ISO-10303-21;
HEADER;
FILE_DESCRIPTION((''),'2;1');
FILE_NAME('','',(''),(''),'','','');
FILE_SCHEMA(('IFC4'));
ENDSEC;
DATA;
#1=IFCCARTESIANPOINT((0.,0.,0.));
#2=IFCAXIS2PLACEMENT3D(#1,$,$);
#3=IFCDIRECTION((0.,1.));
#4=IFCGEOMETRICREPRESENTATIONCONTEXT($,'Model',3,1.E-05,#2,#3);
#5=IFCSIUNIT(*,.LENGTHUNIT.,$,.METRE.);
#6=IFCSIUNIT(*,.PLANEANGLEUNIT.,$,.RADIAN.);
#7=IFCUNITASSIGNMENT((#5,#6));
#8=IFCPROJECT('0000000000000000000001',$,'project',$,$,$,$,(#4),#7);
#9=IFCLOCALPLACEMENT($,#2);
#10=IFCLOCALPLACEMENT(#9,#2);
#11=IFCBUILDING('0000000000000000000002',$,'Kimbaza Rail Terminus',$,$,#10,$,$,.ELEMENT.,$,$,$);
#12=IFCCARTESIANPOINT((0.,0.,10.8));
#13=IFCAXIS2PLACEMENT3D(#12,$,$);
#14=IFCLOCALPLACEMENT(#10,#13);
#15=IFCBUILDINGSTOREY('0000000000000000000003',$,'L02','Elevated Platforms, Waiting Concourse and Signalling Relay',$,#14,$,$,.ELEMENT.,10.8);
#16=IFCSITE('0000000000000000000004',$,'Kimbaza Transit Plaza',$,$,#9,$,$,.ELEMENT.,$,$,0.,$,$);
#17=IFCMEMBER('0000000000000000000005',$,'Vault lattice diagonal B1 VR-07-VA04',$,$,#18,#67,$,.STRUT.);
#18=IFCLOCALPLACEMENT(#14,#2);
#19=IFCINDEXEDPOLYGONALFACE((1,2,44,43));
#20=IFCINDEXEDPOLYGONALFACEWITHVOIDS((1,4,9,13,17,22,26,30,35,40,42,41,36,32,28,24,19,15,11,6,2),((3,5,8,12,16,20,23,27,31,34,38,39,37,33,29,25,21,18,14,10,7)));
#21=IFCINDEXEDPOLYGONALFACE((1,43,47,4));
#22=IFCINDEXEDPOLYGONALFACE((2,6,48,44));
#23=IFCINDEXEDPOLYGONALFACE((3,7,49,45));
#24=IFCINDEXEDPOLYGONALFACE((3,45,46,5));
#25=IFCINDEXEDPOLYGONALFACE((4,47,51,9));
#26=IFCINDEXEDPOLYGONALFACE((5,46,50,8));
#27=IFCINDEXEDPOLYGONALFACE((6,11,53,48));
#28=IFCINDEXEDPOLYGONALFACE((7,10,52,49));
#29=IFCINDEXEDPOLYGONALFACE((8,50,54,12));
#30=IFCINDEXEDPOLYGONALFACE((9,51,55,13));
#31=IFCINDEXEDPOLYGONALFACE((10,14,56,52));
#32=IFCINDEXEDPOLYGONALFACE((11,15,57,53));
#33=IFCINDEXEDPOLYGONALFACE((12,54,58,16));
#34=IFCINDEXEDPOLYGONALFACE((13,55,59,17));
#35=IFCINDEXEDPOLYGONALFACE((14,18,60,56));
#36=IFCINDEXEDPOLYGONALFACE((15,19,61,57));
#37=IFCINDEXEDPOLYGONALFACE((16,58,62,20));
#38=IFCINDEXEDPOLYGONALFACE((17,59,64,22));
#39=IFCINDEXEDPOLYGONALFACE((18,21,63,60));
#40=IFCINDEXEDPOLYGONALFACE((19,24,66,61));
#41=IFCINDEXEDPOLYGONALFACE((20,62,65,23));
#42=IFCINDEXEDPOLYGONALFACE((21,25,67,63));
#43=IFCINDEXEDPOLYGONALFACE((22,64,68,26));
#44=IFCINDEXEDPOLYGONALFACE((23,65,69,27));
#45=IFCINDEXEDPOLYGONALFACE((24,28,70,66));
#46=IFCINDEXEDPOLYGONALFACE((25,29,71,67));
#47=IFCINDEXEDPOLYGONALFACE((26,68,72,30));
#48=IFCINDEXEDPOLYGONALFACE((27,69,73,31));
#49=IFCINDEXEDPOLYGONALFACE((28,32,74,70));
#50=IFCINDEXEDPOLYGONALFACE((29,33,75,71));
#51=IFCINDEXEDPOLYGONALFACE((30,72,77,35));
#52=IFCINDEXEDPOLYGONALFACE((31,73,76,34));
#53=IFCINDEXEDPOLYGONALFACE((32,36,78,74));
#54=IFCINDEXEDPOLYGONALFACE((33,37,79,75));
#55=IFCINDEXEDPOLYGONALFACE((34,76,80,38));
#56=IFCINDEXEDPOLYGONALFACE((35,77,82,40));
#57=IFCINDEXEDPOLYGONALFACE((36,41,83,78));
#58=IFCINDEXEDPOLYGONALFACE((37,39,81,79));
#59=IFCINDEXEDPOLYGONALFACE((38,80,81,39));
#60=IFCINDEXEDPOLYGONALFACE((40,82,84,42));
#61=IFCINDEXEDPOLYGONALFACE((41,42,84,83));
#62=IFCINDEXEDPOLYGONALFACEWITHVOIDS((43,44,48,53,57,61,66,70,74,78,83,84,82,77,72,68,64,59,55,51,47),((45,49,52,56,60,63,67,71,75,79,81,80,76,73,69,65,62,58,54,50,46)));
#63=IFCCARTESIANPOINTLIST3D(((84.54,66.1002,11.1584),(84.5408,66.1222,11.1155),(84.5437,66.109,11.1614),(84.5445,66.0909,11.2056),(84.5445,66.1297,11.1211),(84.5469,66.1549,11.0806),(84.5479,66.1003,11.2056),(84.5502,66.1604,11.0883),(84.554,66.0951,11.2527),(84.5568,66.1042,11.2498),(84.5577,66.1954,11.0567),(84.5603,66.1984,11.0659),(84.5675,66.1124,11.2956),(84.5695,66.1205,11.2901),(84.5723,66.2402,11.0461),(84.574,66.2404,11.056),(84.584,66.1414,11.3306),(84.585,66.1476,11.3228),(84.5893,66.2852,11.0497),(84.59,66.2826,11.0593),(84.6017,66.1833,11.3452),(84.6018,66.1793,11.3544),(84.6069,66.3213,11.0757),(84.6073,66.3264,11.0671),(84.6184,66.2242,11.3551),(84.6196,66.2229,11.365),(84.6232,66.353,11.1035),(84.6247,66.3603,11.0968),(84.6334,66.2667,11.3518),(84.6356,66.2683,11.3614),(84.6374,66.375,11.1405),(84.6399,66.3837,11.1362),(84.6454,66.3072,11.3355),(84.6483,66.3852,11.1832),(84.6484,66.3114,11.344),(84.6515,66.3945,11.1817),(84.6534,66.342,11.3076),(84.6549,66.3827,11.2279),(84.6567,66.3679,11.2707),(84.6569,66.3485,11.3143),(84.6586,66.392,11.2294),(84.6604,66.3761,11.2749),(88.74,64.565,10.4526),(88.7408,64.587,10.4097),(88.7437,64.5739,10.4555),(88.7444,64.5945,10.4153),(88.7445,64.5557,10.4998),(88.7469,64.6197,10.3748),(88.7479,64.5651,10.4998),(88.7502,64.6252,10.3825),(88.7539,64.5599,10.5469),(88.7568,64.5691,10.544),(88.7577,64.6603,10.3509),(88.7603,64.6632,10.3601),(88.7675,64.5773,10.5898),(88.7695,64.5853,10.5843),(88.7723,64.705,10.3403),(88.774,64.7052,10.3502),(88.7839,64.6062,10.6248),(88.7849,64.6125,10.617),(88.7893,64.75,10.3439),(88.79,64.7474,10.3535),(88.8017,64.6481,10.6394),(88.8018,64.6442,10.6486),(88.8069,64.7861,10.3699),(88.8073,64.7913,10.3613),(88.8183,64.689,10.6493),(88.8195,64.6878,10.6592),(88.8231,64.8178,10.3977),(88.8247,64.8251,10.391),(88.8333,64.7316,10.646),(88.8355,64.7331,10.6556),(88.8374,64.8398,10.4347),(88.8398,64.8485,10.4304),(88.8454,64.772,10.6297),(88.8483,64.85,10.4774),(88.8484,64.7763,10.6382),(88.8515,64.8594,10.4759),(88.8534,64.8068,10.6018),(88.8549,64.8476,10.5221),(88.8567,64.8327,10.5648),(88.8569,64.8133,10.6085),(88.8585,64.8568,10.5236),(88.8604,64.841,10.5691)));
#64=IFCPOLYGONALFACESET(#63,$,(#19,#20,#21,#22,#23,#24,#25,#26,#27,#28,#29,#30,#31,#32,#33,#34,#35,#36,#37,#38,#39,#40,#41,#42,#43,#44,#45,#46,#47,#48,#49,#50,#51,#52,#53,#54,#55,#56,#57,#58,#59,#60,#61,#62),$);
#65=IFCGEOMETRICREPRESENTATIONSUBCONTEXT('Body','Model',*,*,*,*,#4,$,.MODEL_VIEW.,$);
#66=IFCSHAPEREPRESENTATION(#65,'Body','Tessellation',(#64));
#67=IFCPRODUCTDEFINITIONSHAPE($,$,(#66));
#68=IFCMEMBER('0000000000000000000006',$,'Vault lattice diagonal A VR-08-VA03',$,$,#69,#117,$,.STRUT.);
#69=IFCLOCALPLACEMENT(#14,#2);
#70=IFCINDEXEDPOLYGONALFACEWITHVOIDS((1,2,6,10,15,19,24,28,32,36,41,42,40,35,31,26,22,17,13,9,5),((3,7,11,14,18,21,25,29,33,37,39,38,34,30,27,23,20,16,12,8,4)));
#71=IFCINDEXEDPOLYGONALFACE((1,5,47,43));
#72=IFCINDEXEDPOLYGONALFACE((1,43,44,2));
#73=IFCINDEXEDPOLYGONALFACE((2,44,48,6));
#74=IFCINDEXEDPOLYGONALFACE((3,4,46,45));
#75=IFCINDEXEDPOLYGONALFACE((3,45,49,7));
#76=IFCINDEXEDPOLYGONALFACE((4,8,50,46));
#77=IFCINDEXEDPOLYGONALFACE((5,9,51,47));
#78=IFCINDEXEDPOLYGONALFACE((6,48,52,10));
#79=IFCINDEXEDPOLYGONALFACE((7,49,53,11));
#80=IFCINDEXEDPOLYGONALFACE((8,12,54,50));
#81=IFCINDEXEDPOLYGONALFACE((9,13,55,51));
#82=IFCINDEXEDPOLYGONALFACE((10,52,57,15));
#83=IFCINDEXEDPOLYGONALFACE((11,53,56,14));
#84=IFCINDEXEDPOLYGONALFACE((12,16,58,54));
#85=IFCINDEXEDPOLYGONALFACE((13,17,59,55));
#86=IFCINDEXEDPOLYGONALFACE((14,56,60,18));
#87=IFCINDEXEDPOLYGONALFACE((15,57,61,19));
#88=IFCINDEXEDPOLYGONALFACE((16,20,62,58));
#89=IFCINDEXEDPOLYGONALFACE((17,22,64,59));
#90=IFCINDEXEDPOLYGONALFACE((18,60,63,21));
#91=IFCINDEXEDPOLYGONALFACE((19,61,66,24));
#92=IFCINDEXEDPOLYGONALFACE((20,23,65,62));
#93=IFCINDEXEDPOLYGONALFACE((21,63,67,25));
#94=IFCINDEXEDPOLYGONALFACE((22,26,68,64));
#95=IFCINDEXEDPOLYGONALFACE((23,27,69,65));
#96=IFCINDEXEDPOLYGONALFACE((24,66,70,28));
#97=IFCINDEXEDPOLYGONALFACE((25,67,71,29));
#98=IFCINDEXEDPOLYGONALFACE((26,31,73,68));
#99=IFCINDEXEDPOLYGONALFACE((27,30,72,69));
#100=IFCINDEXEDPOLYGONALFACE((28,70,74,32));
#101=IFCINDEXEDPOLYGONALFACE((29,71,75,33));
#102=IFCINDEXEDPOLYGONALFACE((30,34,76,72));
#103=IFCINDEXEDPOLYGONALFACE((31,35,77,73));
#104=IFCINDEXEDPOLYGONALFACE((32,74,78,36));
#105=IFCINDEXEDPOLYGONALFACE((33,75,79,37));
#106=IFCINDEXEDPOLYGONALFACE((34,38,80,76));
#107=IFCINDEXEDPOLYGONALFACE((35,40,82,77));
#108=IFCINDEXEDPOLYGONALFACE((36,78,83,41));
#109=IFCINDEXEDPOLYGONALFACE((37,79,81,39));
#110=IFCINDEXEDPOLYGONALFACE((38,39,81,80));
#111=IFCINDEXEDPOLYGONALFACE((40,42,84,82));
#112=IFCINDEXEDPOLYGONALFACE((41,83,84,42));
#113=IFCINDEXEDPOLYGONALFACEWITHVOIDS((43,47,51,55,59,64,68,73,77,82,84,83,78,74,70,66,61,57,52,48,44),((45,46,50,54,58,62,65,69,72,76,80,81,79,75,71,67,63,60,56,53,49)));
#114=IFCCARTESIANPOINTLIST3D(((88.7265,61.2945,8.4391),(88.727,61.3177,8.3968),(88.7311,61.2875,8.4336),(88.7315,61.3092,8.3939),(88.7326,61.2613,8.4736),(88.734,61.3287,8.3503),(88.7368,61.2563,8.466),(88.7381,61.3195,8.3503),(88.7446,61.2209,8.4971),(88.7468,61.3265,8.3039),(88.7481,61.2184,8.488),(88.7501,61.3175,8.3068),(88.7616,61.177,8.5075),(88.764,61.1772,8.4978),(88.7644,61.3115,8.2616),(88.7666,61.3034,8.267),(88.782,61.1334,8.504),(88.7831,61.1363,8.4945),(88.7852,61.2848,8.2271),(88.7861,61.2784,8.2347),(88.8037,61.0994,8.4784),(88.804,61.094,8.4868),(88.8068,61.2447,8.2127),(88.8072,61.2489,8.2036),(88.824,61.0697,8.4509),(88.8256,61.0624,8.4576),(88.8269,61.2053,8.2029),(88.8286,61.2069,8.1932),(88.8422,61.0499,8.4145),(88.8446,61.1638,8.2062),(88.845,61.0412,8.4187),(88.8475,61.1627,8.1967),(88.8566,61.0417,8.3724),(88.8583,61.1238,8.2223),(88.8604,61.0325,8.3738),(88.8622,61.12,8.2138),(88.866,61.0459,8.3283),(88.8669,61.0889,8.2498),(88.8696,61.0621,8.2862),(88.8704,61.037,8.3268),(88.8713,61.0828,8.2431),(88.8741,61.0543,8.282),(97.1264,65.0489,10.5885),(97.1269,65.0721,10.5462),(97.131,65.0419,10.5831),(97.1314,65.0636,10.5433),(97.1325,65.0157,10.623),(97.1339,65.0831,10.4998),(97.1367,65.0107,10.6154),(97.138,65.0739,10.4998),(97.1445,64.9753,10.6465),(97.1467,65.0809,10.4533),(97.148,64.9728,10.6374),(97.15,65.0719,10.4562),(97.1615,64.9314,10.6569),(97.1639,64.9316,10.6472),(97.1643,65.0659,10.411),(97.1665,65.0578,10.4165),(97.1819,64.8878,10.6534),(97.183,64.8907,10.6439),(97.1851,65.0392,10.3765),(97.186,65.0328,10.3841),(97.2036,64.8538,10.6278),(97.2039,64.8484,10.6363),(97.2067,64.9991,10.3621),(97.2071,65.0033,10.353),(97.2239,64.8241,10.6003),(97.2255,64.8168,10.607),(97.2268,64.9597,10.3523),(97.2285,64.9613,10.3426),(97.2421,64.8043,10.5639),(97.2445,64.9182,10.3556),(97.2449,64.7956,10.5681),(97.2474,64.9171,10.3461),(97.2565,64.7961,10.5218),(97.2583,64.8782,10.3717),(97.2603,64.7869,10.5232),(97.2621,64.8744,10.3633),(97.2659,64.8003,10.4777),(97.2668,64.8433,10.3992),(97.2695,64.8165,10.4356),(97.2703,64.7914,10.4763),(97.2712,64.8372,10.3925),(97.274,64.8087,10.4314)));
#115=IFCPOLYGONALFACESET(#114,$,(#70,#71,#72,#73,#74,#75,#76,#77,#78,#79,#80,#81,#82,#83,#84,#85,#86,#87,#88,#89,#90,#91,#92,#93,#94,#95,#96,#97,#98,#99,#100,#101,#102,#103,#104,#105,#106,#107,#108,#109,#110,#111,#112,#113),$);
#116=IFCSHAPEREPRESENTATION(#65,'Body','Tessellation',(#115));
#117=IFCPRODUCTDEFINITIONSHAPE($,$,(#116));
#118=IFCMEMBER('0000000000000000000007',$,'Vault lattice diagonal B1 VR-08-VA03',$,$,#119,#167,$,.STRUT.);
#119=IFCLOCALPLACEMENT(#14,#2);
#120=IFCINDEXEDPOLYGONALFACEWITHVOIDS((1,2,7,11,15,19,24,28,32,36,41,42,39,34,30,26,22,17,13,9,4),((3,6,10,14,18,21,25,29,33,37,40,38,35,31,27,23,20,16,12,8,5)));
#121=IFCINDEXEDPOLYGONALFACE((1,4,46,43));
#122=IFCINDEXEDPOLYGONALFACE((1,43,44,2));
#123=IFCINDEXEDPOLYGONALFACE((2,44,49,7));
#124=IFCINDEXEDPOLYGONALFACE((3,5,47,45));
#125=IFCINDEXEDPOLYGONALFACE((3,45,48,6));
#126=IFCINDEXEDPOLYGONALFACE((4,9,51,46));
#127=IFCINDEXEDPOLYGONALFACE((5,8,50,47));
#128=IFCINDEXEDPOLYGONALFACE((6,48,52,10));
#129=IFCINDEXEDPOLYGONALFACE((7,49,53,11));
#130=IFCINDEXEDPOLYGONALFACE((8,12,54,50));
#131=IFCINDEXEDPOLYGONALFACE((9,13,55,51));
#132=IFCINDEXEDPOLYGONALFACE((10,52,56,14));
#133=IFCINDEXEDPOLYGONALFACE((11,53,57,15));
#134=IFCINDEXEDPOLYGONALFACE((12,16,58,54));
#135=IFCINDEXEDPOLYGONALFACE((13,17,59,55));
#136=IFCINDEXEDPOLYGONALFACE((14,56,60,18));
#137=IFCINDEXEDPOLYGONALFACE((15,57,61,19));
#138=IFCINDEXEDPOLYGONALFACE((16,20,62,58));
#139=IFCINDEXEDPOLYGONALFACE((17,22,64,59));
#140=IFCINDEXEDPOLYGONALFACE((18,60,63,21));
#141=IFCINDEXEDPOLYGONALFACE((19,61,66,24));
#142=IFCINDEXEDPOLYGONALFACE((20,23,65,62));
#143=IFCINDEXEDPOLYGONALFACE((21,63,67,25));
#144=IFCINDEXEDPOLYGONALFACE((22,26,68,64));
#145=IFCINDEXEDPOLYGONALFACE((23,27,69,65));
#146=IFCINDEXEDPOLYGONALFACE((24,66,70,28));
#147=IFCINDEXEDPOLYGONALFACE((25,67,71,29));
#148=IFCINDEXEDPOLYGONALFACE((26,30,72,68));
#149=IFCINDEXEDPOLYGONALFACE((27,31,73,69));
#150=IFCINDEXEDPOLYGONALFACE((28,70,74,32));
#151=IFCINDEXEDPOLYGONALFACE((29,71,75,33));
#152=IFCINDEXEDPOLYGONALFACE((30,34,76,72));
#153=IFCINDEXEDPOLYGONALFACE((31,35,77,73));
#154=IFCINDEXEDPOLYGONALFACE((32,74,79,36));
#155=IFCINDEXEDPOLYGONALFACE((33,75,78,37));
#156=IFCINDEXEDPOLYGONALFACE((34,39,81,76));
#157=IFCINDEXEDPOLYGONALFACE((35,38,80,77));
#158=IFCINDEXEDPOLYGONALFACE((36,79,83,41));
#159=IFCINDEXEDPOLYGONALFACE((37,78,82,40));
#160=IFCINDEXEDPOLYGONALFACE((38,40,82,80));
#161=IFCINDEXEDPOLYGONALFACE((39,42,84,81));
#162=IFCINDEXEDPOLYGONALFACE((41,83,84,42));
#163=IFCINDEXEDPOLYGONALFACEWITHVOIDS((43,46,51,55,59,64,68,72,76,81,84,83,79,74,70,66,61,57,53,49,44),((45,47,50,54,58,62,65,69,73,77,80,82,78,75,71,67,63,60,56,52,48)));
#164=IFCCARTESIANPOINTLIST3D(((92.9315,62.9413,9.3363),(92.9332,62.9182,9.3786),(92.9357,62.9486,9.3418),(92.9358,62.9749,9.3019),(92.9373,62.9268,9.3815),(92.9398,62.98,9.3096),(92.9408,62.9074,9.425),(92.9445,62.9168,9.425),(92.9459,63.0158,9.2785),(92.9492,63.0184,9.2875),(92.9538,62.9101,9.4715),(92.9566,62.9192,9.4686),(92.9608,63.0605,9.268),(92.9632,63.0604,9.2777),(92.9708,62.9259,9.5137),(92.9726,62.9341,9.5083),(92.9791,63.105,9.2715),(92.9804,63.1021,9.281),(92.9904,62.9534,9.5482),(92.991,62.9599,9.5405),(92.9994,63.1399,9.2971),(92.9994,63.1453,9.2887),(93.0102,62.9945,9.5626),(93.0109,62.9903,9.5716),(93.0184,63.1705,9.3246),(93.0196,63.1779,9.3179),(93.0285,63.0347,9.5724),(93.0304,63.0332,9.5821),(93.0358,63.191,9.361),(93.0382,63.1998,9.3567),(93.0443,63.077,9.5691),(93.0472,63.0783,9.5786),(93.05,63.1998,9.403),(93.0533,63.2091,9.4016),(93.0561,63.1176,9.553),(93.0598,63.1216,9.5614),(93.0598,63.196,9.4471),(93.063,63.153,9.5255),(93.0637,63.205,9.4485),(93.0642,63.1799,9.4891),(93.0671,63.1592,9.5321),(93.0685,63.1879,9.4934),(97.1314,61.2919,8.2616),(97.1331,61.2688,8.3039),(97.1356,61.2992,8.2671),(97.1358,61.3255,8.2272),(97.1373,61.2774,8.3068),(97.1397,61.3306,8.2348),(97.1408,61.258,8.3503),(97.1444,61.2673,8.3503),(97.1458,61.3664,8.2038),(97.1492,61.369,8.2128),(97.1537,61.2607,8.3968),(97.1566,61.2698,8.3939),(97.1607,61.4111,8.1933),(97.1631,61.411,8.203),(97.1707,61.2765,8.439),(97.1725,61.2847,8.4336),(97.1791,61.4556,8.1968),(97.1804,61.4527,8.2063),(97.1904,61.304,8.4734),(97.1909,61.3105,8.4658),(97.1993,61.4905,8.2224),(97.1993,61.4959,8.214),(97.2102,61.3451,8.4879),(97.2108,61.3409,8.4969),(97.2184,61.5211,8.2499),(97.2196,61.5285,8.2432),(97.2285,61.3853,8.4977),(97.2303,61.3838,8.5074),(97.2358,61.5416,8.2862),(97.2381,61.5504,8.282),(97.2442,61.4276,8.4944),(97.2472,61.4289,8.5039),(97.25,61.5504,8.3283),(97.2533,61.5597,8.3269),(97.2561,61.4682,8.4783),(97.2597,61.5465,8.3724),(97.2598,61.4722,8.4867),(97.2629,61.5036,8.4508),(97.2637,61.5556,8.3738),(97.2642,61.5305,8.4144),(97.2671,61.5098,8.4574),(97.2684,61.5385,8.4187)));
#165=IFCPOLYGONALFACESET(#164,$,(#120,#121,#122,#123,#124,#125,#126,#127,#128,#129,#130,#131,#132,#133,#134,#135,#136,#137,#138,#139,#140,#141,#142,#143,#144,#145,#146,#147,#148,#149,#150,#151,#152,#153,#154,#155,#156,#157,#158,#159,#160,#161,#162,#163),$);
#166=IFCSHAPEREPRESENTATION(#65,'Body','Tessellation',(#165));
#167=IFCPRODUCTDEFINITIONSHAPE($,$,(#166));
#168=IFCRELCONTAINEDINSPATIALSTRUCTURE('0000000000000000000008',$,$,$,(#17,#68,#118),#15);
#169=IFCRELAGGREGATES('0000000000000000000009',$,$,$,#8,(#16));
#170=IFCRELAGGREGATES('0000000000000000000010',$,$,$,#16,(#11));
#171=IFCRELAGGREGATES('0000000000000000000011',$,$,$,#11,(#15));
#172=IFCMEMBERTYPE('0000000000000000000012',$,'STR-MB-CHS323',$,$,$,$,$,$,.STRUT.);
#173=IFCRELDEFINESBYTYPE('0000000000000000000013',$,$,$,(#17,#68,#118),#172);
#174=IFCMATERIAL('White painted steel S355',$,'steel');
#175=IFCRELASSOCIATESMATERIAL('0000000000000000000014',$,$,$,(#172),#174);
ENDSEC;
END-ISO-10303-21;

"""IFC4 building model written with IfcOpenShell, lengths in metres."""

from ifc_helpers import new_model, si_unit, direction, frame, origin, origin_2d, place, context, subcontext, project, spatial, hollow_circle, extrude, material, material_profile, profile_set, type_object, element, save


model = new_model("IFC4")

# Units and contexts
model_context = context("Model", 3, precision=1e-05, world=origin(), true_north=direction((0.0, 1.0)))
body_context = subcontext(model_context, "Body", "Model", "MODEL_VIEW")
ifc_project = project(units=[si_unit("LENGTHUNIT", "METRE"), si_unit("PLANEANGLEUNIT", "RADIAN")], contexts=[model_context])

# Site, building, storey
site_placement = place(None, origin())
site = spatial("IfcSite", under=ifc_project, at=site_placement, Name="Kimbaza Transit Plaza", CompositionType="ELEMENT", RefElevation=0.0)
building_placement = place(site_placement, origin())
building = spatial("IfcBuilding", under=site, at=building_placement, Name="Kimbaza Rail Terminus", CompositionType="ELEMENT")
storey_placement = place(building_placement, frame((0.0, 0.0, 10.8)))
storey = spatial("IfcBuildingStorey", under=building, at=storey_placement, Name="L02", Description="Elevated Platforms, Waiting Concourse and Signalling Relay", CompositionType="ELEMENT", Elevation=10.8)

# Members
ifc_material_1 = material(Name="White painted steel S355", Category="steel")
ifc_material_profile_1 = material_profile(ifc_material_1, hollow_circle(Radius=0.1619, WallThickness=0.01, at=origin_2d()), Name="CHS 323.9x10")
ifc_profile_set_1 = profile_set([ifc_material_profile_1], Name="White painted steel S355")
member_type_1 = type_object("IfcMemberType", Name="STR-MB-CHS323", PredefinedType="STRUT", material=ifc_profile_set_1)
member_1_placement = place(storey_placement, frame((88.8, 64.7078, 10.4998), z_axis=(-0.927739, 0.339105, 0.155909), x_axis=(-0.343303, -0.939225, 0.0)))
element("IfcMember", 1, at=member_1_placement, inside=storey, type_object=member_type_1, Name="Vault lattice diagonal B1 VR-07-VA04", PredefinedType="STRUT", context=body_context, shape_type="SweptSolid", body=[
    extrude(hollow_circle(Radius=0.1619, WallThickness=0.01, at=origin_2d()), origin(), (0.0, 0.0, 1.0), 4.5271),
])
member_2_placement = place(storey_placement, frame((88.8, 61.1809, 8.3503), z_axis=(0.889021, 0.397354, 0.227488), x_axis=(-0.408053, 0.912958, 0.0)))
element("IfcMember", 2, at=member_2_placement, inside=storey, type_object=member_type_1, Name="Vault lattice diagonal A VR-08-VA03", PredefinedType="STRUT", context=body_context, shape_type="SweptSolid", body=[
    extrude(hollow_circle(Radius=0.1619, WallThickness=0.01, at=origin_2d()), origin(), (0.0, 0.0, 1.0), 9.4485),
])
for number, where, z_axis, x_axis, name in (
    (3, (97.2, 61.4087, 8.3503), (-0.905466, 0.355597, 0.231696), (-0.365544, -0.930794, 0.0), "Vault lattice diagonal B1 VR-08-VA03"),
):
    element("IfcMember", number, at=place(storey_placement, frame(where, z_axis=z_axis, x_axis=x_axis)), inside=storey, type_object=member_type_1, Name=name, PredefinedType="STRUT", context=body_context, shape_type="SweptSolid", body=[
        extrude(hollow_circle(Radius=0.1619, WallThickness=0.01, at=origin_2d()), origin(), (0.0, 0.0, 1.0), 4.6384),
    ])

save(model, "model.ifc")
